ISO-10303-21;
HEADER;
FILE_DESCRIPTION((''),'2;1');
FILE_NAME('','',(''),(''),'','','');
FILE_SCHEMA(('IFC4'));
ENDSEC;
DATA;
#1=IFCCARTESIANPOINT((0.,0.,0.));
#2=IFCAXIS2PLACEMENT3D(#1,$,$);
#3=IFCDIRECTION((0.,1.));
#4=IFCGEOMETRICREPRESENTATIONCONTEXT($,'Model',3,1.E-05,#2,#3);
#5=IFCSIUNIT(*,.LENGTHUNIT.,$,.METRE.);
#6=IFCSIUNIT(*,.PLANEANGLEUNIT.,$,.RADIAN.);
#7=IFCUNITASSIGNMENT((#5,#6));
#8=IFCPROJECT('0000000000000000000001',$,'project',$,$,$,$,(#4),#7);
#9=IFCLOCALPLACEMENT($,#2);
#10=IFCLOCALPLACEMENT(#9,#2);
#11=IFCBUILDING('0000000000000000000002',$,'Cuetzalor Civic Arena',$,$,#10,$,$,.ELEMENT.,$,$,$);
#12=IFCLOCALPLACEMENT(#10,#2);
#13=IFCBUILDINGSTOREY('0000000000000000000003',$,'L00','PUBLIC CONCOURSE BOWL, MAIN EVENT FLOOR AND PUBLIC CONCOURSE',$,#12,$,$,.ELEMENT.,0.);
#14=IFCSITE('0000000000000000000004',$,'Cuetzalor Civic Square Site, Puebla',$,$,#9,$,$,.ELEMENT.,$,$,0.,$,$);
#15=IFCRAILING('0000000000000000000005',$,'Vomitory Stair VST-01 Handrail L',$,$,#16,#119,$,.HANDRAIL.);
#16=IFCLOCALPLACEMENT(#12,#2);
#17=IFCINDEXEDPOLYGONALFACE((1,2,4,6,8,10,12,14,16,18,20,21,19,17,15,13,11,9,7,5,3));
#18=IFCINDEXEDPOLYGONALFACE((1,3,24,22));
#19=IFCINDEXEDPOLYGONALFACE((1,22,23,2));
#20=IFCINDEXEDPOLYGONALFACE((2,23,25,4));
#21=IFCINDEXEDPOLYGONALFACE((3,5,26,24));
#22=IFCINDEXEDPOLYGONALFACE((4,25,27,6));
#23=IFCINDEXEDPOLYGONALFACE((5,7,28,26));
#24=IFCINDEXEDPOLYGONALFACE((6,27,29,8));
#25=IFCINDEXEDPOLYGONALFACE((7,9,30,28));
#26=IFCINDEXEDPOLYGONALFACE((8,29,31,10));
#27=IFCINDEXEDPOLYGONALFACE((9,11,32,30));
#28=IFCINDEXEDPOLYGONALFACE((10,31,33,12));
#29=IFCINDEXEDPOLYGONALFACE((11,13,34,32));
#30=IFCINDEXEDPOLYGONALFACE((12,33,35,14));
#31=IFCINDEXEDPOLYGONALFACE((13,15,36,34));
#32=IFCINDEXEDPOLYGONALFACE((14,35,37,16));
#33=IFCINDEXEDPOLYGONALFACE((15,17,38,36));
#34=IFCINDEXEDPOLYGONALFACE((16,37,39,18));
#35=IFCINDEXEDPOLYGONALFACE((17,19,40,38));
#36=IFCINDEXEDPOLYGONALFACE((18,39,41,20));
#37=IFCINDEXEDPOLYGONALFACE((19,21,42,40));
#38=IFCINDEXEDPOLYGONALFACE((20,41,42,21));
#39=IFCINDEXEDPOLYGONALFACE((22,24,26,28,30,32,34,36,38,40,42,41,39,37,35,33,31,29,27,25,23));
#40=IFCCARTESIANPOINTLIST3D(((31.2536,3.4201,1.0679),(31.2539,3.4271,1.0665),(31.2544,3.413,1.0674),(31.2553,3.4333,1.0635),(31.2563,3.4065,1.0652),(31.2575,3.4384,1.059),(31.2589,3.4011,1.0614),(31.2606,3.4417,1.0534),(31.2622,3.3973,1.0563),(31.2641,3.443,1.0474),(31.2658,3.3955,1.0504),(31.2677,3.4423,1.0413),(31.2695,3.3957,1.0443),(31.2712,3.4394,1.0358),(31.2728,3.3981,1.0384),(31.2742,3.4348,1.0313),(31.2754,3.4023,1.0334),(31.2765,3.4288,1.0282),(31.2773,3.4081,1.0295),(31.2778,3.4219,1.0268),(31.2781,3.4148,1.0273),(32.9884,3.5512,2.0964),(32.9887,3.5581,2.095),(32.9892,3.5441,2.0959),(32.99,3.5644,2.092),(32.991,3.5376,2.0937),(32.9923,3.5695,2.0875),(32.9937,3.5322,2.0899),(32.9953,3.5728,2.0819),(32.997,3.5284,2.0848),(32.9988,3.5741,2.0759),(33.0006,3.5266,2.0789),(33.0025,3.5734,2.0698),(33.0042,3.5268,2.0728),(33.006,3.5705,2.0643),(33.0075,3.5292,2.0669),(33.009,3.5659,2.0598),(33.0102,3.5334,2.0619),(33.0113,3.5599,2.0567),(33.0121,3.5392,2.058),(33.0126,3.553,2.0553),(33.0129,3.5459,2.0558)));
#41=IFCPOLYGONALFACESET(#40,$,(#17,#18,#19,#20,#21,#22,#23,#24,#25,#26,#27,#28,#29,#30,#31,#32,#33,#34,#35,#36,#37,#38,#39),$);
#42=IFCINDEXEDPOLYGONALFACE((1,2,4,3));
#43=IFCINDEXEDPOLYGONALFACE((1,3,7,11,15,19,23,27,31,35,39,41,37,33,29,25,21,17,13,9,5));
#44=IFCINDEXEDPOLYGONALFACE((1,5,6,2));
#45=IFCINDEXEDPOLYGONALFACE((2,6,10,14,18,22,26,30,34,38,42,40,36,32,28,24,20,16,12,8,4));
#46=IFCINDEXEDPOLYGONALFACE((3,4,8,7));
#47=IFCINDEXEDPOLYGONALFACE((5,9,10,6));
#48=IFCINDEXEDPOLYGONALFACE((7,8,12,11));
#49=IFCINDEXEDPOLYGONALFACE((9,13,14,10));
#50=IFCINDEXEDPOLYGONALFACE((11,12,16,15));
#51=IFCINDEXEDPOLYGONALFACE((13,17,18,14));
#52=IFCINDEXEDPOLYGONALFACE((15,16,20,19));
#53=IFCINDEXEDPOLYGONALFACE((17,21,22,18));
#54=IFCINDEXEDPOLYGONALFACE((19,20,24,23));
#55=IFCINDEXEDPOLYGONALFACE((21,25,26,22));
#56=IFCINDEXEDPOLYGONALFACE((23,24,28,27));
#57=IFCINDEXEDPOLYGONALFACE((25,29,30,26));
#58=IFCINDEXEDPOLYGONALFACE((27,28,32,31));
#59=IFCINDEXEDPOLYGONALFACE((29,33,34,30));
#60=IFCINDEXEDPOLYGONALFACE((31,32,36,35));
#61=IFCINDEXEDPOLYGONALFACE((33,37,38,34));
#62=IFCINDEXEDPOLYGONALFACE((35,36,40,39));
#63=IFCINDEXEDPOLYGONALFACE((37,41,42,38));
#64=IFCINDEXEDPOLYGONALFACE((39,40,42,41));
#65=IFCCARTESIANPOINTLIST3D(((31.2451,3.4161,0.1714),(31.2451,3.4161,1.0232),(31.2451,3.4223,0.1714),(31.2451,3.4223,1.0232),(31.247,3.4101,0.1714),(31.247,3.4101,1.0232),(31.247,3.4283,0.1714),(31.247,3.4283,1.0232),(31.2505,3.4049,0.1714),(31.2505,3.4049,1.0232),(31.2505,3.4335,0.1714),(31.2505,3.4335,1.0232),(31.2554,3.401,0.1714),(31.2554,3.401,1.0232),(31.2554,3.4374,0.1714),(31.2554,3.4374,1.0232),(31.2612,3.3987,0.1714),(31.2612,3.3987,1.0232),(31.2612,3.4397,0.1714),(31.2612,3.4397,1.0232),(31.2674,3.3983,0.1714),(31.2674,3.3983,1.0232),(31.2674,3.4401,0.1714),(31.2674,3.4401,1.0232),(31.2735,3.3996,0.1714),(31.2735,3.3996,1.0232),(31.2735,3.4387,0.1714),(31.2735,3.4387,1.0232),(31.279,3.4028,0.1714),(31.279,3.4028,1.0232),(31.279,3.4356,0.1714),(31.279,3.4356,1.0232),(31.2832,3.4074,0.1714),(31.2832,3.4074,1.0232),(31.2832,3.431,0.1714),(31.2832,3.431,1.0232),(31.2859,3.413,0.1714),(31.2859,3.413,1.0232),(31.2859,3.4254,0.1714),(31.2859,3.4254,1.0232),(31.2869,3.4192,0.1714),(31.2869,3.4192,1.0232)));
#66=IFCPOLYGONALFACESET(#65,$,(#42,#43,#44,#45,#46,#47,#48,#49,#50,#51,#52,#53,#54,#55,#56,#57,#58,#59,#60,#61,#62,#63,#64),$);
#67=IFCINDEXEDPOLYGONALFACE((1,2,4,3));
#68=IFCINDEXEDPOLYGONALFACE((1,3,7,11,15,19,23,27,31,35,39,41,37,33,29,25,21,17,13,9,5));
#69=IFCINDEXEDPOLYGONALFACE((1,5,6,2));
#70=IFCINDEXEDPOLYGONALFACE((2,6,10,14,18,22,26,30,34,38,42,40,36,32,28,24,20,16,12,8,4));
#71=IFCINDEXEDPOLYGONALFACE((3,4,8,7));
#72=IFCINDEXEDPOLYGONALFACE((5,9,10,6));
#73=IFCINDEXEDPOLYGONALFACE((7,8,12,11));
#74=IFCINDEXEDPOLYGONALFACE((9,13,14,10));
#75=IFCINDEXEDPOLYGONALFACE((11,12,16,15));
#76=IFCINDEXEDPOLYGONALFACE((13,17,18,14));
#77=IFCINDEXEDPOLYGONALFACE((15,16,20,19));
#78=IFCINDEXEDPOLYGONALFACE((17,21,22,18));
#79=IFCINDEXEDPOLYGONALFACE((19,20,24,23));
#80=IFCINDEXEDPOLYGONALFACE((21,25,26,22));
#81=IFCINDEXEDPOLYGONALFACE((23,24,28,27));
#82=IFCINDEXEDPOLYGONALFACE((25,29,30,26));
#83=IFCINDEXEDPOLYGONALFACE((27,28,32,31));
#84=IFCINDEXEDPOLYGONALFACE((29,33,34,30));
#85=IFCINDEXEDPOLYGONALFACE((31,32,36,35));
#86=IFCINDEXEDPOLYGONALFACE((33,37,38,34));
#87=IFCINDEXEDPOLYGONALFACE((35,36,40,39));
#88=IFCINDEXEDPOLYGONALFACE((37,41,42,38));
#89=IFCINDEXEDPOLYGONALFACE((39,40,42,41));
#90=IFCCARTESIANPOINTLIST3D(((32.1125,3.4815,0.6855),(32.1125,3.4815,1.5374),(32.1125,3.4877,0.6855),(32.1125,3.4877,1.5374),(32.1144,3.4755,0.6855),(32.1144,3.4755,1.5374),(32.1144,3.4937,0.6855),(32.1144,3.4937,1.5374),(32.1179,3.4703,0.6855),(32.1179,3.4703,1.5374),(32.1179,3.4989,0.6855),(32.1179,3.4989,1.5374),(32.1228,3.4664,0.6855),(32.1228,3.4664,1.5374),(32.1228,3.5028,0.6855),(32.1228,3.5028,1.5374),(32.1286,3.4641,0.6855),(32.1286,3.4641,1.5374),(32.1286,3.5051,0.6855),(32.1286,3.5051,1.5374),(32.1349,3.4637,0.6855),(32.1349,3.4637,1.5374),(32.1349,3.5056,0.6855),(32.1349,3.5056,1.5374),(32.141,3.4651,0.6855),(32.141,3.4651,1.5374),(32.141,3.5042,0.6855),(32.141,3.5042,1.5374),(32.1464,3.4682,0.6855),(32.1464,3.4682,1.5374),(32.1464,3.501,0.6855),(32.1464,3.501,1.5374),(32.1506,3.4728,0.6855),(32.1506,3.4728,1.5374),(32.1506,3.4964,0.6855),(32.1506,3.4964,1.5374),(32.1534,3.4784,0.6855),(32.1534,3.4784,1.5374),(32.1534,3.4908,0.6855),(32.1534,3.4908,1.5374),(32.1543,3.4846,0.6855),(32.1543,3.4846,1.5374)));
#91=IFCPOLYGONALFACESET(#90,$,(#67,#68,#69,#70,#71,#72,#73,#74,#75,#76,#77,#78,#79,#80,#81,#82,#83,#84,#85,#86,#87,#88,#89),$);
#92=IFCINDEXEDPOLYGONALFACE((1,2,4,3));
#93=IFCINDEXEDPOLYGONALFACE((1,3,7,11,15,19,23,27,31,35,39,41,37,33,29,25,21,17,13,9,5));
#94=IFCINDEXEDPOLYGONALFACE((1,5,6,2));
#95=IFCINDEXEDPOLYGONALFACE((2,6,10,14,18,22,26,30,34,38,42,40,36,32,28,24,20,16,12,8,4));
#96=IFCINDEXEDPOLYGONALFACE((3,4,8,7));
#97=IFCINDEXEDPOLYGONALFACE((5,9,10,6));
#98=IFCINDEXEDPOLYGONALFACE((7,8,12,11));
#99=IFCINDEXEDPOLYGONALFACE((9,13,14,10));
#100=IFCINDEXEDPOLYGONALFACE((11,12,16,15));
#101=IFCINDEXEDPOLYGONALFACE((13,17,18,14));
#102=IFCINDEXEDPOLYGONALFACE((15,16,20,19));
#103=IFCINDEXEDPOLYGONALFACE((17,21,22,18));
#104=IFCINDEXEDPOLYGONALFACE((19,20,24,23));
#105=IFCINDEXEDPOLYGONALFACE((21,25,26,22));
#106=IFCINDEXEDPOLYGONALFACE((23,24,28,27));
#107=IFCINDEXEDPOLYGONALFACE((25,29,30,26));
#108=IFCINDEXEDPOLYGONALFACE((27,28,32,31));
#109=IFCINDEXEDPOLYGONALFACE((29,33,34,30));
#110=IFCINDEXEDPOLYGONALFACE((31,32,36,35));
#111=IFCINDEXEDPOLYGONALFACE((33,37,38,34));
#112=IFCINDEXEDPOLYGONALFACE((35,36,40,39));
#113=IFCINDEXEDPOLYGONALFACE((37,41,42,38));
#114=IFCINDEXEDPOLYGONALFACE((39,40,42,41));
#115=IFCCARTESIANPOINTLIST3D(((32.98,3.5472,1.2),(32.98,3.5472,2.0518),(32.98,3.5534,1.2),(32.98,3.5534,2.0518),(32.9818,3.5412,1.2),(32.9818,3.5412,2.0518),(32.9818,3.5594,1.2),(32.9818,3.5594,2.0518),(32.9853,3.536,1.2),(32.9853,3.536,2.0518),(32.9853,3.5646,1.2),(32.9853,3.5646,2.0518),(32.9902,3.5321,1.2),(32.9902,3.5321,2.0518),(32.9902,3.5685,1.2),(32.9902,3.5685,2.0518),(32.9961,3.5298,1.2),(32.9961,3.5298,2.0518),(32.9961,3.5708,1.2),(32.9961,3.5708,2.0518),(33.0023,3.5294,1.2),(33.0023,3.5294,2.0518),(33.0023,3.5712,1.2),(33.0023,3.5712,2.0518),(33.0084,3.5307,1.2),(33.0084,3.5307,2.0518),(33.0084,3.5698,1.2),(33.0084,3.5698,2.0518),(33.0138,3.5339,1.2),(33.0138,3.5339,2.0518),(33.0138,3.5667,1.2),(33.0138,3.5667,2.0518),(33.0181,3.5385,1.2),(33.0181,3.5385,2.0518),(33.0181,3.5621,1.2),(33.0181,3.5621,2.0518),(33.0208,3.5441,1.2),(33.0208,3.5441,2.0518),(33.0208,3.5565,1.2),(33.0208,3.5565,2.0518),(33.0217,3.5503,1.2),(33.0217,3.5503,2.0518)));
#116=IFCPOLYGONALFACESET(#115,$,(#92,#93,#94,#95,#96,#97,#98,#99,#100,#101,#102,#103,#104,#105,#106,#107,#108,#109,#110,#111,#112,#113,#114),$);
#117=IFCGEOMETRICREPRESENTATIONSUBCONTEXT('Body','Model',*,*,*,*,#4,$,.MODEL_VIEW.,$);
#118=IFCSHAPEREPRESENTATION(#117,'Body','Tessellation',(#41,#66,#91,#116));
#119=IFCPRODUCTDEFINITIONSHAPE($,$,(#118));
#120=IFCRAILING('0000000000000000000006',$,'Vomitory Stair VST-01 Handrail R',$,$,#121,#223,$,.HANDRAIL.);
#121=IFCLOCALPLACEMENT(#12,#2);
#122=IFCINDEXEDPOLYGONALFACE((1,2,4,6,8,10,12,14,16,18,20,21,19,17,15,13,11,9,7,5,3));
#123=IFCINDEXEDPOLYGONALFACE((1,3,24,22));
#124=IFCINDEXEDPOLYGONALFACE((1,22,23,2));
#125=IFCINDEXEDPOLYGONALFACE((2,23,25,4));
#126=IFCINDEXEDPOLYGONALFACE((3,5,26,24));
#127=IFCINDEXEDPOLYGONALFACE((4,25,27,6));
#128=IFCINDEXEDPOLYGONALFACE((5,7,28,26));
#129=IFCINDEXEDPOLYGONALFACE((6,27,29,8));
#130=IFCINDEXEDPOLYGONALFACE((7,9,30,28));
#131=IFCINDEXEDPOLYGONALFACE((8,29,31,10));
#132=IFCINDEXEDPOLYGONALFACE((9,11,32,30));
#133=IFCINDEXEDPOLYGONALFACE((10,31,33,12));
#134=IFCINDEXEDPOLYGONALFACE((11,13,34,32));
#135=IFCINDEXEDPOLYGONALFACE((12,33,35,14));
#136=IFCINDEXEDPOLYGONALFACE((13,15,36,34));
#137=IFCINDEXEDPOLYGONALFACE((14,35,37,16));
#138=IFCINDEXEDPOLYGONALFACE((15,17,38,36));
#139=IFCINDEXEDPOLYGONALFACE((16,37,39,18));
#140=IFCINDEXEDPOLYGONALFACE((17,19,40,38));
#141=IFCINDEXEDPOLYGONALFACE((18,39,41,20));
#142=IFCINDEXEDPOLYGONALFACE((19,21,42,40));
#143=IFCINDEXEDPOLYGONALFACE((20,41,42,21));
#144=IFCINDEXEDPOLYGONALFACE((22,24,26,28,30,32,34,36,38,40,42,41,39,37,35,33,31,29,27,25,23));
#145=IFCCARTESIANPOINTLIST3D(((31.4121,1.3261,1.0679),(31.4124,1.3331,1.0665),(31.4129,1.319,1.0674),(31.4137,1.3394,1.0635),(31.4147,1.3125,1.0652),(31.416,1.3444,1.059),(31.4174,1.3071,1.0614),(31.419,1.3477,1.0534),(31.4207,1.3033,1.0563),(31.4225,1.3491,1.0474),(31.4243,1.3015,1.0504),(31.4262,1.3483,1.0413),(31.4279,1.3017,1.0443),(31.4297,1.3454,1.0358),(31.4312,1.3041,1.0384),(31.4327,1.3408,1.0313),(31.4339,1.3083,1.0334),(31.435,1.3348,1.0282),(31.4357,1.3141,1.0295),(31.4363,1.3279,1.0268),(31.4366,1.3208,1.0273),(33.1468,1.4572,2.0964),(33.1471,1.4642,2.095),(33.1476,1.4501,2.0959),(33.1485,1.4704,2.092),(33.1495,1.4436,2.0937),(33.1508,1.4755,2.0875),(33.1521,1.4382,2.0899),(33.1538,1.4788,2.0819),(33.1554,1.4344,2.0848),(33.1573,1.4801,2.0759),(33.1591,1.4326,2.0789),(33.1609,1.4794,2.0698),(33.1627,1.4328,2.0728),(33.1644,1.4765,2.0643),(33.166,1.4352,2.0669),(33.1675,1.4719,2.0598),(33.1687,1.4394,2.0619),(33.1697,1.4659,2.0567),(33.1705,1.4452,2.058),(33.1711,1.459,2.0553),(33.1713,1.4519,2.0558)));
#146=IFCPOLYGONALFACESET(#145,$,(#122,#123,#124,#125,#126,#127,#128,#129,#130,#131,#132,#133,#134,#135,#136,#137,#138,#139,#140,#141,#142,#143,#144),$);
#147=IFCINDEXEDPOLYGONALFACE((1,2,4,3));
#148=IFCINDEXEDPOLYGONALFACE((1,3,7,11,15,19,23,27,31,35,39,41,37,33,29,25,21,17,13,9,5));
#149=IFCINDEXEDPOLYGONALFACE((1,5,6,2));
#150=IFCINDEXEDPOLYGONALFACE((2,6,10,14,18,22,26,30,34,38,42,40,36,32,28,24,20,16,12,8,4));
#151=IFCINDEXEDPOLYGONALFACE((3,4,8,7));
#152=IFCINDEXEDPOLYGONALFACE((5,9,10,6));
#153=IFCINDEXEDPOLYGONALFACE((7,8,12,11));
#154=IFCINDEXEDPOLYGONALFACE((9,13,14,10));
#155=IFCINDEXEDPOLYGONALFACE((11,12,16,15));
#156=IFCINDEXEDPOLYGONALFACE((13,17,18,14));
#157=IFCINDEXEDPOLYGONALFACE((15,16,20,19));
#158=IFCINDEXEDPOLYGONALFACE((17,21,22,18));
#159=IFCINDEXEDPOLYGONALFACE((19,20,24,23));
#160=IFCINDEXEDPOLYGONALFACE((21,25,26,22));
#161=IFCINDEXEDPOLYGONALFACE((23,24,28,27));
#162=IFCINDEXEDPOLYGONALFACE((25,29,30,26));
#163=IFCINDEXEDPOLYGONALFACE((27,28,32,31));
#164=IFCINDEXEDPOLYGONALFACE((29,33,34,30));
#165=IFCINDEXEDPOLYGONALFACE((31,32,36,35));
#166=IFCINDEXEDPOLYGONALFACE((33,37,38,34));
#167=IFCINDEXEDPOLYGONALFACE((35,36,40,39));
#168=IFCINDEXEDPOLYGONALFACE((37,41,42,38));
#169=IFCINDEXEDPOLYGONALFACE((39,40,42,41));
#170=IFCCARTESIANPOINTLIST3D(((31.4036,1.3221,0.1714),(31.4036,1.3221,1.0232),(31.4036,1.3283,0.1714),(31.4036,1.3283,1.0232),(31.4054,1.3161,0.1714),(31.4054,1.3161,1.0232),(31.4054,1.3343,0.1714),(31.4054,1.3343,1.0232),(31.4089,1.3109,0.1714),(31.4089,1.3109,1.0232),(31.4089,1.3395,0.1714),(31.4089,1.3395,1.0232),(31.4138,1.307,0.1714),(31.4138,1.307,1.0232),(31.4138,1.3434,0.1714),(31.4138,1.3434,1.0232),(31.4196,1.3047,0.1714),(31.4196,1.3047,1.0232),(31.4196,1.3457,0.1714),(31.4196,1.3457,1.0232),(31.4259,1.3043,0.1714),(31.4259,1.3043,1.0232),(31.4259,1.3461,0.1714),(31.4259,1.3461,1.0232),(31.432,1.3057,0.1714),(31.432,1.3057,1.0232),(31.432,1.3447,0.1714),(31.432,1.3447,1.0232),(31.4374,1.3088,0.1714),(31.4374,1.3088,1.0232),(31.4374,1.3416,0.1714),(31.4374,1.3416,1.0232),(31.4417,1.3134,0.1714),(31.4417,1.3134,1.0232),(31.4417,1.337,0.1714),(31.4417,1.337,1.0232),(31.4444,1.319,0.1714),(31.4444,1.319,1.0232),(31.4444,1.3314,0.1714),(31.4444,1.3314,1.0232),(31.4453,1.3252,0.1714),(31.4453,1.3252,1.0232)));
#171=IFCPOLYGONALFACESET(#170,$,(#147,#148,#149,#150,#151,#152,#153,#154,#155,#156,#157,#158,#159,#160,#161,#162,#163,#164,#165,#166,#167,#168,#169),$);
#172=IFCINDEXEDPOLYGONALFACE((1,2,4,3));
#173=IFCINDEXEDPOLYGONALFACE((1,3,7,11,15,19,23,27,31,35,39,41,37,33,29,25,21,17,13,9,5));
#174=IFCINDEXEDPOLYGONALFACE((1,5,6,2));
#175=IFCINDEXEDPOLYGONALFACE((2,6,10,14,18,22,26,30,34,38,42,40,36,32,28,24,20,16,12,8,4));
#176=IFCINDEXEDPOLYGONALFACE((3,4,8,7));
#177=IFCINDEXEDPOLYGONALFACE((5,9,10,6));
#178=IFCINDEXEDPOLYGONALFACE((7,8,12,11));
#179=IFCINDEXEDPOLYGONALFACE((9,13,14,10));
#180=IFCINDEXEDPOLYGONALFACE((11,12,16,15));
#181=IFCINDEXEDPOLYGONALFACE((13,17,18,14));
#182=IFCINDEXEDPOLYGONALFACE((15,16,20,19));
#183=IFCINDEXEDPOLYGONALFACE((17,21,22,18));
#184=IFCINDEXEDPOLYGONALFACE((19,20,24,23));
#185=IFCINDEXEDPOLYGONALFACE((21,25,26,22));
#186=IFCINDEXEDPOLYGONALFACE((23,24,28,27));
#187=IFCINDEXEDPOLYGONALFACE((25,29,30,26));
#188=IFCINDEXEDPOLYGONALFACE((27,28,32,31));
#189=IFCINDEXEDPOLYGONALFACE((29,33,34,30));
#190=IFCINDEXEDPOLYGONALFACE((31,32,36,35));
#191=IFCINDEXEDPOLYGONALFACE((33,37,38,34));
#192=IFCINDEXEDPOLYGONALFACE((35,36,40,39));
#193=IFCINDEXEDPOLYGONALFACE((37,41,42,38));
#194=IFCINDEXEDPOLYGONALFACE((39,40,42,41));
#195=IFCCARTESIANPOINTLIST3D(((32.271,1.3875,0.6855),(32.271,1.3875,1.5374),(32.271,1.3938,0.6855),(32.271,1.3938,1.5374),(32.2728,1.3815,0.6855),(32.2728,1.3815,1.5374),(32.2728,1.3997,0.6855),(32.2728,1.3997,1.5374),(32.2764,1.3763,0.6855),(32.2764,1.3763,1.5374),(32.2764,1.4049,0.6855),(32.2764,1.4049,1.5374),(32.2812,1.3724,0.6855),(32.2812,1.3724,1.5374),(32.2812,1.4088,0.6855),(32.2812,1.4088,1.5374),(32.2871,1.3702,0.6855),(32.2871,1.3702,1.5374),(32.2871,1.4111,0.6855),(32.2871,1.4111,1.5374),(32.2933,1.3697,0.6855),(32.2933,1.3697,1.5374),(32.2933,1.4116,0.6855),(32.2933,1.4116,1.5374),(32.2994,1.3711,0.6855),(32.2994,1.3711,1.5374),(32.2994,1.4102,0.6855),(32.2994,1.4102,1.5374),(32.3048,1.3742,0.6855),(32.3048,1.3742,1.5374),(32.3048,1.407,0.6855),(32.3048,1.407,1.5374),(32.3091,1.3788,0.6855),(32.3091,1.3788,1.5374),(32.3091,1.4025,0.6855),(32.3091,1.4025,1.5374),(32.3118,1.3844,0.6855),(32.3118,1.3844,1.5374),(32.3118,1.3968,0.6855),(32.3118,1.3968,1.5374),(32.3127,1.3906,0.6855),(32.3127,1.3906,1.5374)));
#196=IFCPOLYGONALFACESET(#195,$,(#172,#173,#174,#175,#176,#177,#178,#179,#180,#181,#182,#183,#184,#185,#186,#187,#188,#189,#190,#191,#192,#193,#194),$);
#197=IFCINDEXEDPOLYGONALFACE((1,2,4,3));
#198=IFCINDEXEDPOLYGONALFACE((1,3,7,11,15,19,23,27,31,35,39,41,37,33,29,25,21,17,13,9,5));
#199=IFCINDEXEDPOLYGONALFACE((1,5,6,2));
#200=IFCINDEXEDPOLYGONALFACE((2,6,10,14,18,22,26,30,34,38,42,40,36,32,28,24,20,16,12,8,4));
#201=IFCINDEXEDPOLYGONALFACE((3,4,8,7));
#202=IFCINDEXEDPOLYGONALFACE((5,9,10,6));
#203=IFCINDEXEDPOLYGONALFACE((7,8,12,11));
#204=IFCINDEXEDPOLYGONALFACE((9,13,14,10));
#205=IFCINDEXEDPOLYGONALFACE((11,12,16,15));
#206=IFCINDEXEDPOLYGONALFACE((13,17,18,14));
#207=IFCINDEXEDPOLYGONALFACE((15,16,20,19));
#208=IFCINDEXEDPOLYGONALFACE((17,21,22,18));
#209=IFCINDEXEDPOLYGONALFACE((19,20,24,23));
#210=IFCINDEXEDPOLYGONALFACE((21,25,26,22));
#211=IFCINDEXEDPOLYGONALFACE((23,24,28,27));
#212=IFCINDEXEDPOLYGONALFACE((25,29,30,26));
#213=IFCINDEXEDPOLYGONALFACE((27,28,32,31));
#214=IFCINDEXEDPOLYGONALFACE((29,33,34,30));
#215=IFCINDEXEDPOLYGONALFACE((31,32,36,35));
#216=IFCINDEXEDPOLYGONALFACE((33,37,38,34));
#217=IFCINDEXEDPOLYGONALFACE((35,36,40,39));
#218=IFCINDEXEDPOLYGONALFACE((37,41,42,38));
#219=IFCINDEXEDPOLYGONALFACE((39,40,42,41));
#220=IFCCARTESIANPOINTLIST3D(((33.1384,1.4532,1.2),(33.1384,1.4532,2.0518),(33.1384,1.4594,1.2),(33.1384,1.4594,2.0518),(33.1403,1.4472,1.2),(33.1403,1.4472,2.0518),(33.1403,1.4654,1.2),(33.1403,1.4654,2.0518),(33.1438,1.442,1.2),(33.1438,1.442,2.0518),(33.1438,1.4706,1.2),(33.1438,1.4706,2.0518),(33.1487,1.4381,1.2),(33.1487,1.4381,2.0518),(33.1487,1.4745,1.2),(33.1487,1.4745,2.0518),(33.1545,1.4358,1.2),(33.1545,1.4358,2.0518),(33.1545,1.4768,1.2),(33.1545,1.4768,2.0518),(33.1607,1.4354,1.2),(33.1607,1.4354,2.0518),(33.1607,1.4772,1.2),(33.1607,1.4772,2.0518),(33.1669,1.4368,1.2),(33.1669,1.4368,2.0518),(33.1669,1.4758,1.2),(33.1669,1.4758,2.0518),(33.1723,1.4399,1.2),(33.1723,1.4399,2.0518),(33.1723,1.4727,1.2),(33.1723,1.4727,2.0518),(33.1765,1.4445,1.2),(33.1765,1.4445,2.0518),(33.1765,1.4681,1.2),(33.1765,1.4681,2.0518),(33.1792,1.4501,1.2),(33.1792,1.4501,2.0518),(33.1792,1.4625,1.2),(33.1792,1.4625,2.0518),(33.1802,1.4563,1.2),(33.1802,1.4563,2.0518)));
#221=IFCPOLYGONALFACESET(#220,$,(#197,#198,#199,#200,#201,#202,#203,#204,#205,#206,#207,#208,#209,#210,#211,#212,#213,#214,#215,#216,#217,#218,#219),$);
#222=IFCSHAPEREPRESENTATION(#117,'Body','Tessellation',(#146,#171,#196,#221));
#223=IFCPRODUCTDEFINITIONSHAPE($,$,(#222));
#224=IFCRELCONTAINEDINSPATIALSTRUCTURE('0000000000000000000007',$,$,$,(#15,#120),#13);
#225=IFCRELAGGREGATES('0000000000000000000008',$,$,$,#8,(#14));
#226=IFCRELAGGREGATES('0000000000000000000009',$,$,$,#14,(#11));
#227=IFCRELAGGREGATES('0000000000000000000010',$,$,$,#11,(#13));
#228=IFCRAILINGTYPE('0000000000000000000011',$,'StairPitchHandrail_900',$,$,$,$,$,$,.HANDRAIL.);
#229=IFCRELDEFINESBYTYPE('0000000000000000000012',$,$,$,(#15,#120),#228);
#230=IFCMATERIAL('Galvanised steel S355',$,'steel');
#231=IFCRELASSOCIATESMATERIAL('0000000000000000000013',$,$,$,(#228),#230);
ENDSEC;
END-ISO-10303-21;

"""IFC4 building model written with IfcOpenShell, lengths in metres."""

from ifc_helpers import new_model, si_unit, direction, frame, origin, origin_2d, place, context, subcontext, project, spatial, circle, extrude, material, type_object, element, save


model = new_model("IFC4")

# Units and contexts
model_context = context("Model", 3, precision=1e-05, world=origin(), true_north=direction((0.0, 1.0)))
body_context = subcontext(model_context, "Body", "Model", "MODEL_VIEW")
ifc_project = project(units=[si_unit("LENGTHUNIT", "METRE"), si_unit("PLANEANGLEUNIT", "RADIAN")], contexts=[model_context])

# Site, building, storey
site_placement = place(None, origin())
site = spatial("IfcSite", under=ifc_project, at=site_placement, Name="Cuetzalor Civic Square Site, Puebla", CompositionType="ELEMENT", RefElevation=0.0)
building_placement = place(site_placement, origin())
building = spatial("IfcBuilding", under=site, at=building_placement, Name="Cuetzalor Civic Arena", CompositionType="ELEMENT")
storey_placement = place(building_placement, origin())
storey = spatial("IfcBuildingStorey", under=building, at=storey_placement, Name="L00", Description="PUBLIC CONCOURSE BOWL, MAIN EVENT FLOOR AND PUBLIC CONCOURSE", CompositionType="ELEMENT", Elevation=0.0)

# Railings
ifc_material_1 = material(Name="Galvanised steel S355", Category="steel")
railing_type_1 = type_object("IfcRailingType", Name="StairPitchHandrail_900", PredefinedType="HANDRAIL", material=ifc_material_1)
for number, where, name in (
    (1, (31.2659, 3.4192, 0.1714), "Vomitory Stair VST-01 Handrail L"),
    (2, (31.4243, 1.3252, 0.1714), "Vomitory Stair VST-01 Handrail R"),
):
    element("IfcRailing", number, at=place(storey_placement, frame(where)), inside=storey, type_object=railing_type_1, Name=name, PredefinedType="HANDRAIL", context=body_context, shape_type="SweptSolid", body=[
        extrude(circle(Radius=0.0239, at=origin_2d()), frame((0.0, 0.0, 0.876), z_axis=(0.858372, 0.064867, 0.508911), x_axis=(-0.075355, 0.997157, 0.0)), (0.0, 0.0, 1.0), 2.021),
        extrude(circle(Radius=0.021, at=origin_2d()), origin(), (0.0, 0.0, 1.0), 0.8518),
        extrude(circle(Radius=0.021, at=origin_2d()), frame((0.8674, 0.0654, 0.5142)), (0.0, 0.0, 1.0), 0.8518),
        extrude(circle(Radius=0.021, at=origin_2d()), frame((1.7349, 0.1311, 1.0286)), (0.0, 0.0, 1.0), 0.8518),
    ])

save(model, "model.ifc")
